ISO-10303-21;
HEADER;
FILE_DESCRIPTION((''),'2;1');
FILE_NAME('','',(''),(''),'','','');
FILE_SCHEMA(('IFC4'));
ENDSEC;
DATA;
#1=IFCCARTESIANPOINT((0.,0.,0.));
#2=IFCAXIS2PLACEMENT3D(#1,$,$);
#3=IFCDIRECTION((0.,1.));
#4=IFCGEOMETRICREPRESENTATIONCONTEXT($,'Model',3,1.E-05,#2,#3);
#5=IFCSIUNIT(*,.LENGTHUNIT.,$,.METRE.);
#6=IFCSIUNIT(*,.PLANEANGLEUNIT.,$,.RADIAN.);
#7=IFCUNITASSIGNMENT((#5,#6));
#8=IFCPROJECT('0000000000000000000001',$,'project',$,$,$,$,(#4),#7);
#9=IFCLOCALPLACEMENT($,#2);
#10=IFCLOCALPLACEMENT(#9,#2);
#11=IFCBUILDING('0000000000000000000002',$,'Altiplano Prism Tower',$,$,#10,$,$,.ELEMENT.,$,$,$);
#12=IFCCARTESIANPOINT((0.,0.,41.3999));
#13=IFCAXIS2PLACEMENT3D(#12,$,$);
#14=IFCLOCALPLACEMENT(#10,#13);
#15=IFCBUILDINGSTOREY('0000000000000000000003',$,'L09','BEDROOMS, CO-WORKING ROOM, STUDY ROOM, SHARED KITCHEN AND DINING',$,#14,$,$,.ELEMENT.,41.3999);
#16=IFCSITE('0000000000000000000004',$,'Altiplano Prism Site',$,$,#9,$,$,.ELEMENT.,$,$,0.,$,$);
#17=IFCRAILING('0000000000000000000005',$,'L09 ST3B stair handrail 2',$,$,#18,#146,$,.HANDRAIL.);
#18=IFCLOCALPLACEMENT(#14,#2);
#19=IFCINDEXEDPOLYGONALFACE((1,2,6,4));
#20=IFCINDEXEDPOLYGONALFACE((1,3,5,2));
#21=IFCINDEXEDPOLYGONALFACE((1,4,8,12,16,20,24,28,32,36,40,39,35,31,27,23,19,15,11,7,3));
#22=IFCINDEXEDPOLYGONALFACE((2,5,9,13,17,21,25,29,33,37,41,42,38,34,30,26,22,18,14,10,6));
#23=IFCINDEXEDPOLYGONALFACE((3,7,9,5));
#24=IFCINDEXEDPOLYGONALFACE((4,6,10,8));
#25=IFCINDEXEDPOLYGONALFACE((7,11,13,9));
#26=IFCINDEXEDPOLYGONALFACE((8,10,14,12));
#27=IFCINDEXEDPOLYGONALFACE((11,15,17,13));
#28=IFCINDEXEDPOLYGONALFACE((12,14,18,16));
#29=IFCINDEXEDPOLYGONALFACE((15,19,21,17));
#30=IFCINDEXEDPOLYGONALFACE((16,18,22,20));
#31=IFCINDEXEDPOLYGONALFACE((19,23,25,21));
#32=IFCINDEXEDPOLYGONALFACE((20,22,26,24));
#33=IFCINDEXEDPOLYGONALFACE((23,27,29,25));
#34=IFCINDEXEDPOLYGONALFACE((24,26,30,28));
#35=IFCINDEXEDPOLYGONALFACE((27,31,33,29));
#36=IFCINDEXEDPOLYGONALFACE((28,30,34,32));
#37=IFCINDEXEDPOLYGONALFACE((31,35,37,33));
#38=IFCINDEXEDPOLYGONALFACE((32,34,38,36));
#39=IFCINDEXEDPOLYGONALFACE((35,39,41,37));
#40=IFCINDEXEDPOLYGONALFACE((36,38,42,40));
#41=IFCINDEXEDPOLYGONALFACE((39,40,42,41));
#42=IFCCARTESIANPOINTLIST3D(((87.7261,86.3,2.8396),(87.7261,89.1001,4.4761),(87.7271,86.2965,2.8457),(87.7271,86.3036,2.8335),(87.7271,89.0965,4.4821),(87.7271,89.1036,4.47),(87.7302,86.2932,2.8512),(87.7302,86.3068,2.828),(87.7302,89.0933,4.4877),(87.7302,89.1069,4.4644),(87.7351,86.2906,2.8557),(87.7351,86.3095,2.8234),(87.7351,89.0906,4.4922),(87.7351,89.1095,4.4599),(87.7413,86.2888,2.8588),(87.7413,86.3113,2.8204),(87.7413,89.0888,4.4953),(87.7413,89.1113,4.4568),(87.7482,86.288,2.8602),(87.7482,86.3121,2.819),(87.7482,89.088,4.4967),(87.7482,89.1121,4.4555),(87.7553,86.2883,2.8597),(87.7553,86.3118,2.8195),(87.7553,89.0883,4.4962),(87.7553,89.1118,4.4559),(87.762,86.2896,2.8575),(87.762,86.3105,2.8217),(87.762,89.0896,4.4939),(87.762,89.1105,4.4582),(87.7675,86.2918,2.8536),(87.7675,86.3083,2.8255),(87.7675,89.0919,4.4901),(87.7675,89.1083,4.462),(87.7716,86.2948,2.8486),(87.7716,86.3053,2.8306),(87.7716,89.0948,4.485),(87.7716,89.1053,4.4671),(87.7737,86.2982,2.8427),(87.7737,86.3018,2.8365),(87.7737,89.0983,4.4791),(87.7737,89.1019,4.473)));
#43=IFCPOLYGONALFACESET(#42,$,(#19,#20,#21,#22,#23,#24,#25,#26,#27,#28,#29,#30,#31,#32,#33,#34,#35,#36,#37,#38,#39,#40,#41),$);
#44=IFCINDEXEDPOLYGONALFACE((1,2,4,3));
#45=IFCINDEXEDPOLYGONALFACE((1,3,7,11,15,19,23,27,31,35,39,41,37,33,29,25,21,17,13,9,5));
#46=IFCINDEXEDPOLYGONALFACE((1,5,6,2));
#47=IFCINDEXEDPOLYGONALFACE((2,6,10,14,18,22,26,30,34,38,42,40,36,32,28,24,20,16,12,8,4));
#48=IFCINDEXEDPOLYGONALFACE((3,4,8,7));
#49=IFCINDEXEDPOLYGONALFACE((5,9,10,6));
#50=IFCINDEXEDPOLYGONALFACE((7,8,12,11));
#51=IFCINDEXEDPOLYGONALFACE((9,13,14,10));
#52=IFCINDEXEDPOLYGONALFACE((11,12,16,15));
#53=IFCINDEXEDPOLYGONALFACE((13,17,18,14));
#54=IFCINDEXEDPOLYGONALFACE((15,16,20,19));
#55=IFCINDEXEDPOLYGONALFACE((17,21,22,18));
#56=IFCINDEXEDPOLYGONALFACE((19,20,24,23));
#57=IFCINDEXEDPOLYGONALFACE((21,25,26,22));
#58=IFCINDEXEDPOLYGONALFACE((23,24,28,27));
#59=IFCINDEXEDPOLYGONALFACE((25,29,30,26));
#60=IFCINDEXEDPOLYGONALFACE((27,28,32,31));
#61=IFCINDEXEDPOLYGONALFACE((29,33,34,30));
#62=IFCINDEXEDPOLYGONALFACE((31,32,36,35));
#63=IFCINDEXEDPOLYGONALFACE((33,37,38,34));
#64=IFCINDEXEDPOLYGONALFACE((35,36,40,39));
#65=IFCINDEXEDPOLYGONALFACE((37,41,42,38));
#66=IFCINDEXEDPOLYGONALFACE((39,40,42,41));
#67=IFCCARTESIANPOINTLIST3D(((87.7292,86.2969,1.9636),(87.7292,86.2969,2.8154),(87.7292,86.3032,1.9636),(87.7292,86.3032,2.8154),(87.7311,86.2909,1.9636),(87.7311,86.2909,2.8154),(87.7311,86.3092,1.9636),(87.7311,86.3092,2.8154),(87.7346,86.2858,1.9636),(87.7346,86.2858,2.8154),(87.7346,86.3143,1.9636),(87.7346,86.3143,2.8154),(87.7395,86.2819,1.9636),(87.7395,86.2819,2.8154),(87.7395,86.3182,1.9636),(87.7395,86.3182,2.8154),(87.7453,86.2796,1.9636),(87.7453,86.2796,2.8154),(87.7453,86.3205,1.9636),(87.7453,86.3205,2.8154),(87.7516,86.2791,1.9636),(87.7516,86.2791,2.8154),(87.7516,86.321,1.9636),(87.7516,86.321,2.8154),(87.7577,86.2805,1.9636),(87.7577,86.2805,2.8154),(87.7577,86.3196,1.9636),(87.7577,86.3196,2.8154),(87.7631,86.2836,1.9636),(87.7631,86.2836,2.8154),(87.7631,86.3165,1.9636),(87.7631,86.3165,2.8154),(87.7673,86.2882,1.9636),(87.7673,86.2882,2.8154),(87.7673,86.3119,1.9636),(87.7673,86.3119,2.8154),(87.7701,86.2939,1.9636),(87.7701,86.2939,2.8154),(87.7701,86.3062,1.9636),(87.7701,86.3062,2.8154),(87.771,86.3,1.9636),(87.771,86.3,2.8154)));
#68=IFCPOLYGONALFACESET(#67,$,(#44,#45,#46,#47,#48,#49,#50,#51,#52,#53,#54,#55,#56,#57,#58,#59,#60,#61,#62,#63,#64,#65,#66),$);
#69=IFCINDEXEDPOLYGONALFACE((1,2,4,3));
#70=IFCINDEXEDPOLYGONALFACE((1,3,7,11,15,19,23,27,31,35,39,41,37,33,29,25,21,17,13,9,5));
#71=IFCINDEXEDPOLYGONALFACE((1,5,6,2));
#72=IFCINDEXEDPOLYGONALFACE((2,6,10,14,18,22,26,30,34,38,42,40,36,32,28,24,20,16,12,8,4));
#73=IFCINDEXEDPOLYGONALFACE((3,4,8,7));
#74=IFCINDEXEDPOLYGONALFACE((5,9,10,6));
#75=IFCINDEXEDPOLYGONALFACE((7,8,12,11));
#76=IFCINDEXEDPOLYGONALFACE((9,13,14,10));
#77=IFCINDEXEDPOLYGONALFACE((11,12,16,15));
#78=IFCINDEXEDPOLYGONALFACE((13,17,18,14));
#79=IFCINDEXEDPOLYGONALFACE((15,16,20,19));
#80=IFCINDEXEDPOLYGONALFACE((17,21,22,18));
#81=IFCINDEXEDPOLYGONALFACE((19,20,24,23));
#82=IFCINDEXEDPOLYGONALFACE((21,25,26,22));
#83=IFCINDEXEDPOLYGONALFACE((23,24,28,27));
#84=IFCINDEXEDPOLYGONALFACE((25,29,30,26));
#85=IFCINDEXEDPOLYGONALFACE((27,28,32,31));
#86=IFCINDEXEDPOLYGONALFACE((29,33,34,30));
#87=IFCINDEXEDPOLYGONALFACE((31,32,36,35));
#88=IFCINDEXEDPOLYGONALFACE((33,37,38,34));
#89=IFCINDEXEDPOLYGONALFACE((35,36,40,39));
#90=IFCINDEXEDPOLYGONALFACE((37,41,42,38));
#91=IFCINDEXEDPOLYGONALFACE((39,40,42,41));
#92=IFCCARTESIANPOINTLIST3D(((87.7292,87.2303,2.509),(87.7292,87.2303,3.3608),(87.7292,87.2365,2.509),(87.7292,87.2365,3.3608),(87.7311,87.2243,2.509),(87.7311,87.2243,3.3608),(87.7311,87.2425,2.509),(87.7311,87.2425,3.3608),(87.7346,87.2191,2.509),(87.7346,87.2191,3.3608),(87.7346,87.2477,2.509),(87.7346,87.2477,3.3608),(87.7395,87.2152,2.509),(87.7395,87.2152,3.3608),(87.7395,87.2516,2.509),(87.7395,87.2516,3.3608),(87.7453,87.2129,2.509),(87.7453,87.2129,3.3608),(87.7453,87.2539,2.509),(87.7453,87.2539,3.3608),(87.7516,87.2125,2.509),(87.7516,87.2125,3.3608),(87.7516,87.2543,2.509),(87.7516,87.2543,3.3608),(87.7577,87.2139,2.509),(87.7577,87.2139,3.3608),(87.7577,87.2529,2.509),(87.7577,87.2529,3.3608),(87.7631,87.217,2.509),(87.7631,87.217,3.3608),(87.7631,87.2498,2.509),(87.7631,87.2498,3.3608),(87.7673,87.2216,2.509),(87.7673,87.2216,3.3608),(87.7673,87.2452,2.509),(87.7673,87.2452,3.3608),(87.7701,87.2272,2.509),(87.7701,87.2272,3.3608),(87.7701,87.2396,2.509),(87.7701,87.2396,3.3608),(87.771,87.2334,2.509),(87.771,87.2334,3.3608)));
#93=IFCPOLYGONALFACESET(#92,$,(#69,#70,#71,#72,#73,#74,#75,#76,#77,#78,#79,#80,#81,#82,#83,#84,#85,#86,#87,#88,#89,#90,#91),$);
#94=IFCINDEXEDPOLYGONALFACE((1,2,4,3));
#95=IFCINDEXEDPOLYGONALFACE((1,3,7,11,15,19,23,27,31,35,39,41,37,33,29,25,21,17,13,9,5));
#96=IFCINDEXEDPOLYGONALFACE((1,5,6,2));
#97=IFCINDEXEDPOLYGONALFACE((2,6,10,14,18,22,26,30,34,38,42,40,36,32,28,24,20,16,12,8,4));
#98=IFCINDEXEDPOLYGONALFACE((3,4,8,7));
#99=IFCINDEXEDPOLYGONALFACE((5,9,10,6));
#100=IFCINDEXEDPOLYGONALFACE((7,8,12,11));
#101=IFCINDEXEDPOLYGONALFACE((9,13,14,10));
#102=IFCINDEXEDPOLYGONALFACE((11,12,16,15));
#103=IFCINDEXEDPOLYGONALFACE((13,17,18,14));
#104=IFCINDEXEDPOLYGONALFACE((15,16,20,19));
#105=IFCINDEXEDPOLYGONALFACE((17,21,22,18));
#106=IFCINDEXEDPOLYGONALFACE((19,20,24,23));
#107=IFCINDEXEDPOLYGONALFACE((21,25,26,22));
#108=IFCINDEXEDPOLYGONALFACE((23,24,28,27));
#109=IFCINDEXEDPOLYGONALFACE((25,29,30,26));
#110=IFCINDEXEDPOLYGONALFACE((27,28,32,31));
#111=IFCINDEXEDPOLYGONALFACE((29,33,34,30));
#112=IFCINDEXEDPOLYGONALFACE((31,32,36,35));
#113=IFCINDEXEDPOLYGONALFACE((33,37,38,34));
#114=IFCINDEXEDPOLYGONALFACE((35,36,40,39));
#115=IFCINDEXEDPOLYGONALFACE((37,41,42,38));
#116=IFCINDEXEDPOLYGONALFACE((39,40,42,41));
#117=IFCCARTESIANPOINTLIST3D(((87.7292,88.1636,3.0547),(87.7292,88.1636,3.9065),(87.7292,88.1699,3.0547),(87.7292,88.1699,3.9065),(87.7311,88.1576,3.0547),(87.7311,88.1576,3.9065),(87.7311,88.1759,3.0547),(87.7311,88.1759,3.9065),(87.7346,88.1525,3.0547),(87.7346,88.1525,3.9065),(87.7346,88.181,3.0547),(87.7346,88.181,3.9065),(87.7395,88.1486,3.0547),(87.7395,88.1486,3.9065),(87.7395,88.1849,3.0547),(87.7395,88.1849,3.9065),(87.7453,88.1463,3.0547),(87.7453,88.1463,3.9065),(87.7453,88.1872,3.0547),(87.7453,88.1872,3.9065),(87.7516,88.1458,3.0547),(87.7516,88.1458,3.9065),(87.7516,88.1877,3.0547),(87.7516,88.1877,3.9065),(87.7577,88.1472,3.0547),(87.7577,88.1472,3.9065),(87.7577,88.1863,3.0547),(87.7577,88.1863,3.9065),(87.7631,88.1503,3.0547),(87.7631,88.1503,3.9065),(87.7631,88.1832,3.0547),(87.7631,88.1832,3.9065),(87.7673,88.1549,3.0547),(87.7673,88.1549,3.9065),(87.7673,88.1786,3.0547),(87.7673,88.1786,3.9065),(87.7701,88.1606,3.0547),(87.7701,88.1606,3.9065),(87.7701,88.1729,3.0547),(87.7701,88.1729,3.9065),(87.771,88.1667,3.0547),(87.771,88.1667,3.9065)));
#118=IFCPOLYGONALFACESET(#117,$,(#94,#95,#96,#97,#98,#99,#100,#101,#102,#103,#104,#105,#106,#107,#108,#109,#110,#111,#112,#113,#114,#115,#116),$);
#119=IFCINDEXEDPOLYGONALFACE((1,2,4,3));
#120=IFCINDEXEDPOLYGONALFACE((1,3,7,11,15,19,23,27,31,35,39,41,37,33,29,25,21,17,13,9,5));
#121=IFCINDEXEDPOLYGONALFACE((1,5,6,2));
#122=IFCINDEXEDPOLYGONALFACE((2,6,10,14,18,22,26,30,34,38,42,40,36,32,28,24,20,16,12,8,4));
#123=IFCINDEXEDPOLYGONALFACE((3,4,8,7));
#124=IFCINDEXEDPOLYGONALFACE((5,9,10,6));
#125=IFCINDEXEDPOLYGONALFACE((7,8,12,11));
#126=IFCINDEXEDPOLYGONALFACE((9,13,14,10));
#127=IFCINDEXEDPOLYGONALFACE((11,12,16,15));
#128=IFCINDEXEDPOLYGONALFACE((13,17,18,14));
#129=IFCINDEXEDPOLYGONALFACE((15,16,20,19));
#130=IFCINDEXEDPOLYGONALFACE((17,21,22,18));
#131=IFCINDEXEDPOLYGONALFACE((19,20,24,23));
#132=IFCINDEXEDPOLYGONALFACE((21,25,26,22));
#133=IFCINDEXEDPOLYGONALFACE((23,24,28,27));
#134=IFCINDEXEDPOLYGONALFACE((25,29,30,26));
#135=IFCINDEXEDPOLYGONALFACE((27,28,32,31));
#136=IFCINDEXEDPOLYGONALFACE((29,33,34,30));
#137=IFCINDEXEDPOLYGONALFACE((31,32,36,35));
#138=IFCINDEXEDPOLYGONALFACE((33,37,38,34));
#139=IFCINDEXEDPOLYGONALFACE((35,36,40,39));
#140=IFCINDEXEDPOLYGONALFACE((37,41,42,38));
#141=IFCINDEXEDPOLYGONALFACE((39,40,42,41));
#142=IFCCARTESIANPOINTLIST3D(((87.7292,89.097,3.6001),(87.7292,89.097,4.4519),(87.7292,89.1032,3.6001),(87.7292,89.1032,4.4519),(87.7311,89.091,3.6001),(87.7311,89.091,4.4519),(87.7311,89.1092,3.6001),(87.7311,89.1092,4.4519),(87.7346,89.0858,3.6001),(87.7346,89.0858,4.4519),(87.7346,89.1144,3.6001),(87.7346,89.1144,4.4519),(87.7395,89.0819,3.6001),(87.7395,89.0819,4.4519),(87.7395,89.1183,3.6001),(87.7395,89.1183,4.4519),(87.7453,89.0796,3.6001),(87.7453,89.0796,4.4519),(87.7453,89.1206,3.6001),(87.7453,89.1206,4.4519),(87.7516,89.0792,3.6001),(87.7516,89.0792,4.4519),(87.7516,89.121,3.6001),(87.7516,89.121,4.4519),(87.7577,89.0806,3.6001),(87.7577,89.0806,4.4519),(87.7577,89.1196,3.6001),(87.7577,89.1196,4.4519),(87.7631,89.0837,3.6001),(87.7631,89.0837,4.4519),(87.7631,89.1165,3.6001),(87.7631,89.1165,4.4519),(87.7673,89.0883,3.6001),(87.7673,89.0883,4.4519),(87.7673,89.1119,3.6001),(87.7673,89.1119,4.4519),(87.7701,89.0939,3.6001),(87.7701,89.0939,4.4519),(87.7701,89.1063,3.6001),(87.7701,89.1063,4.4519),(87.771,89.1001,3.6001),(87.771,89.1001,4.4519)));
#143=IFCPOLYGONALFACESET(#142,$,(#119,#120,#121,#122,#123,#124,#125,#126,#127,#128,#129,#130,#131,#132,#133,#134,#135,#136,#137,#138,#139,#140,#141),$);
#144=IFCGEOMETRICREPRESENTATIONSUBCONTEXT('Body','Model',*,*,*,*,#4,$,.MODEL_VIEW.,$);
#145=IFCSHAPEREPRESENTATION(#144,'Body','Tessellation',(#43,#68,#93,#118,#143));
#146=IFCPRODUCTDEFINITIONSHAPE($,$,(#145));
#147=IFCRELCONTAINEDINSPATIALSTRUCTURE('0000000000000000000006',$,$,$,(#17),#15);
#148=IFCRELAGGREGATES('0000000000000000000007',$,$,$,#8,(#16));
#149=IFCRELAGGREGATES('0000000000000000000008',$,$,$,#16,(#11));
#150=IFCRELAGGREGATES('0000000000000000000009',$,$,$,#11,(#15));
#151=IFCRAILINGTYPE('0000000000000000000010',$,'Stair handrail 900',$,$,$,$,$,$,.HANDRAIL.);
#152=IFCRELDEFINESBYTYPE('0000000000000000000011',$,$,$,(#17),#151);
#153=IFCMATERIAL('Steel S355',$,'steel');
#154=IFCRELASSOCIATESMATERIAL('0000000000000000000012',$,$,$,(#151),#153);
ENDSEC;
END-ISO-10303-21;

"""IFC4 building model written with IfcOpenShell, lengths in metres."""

from ifc_helpers import new_model, si_unit, direction, frame, origin, origin_2d, place, context, subcontext, project, spatial, circle, extrude, material, type_object, element, save


model = new_model("IFC4")

# Units and contexts
model_context = context("Model", 3, precision=1e-05, world=origin(), true_north=direction((0.0, 1.0)))
body_context = subcontext(model_context, "Body", "Model", "MODEL_VIEW")
ifc_project = project(units=[si_unit("LENGTHUNIT", "METRE"), si_unit("PLANEANGLEUNIT", "RADIAN")], contexts=[model_context])

# Site, building, storey
site_placement = place(None, origin())
site = spatial("IfcSite", under=ifc_project, at=site_placement, Name="Altiplano Prism Site", CompositionType="ELEMENT", RefElevation=0.0)
building_placement = place(site_placement, origin())
building = spatial("IfcBuilding", under=site, at=building_placement, Name="Altiplano Prism Tower", CompositionType="ELEMENT")
storey_placement = place(building_placement, frame((0.0, 0.0, 41.3999)))
storey = spatial("IfcBuildingStorey", under=building, at=storey_placement, Name="L09", Description="BEDROOMS, CO-WORKING ROOM, STUDY ROOM, SHARED KITCHEN AND DINING", CompositionType="ELEMENT", Elevation=41.3999)

# Railing
ifc_material_1 = material(Name="Steel S355", Category="steel")
railing_type_1 = type_object("IfcRailingType", Name="Stair handrail 900", PredefinedType="HANDRAIL", material=ifc_material_1)
railing_1_placement = place(storey_placement, frame((87.75, 86.3, 1.9636)))
element("IfcRailing", 1, at=railing_1_placement, inside=storey, type_object=railing_type_1, Name="L09 ST3B stair handrail 2", PredefinedType="HANDRAIL", context=body_context, shape_type="SweptSolid", body=[
    extrude(circle(Radius=0.0239, at=origin_2d()), frame((0.0, 0.0, 0.876), z_axis=(0.0, 0.863361, 0.504587), x_axis=(-1.0, 0.0, 0.0)), (0.0, 0.0, 1.0), 3.2432),
    extrude(circle(Radius=0.021, at=origin_2d()), origin(), (0.0, 0.0, 1.0), 0.8518),
    extrude(circle(Radius=0.021, at=origin_2d()), frame((0.0, 0.9333, 0.5454)), (0.0, 0.0, 1.0), 0.8518),
    extrude(circle(Radius=0.021, at=origin_2d()), frame((0.0, 1.8667, 1.0911)), (0.0, 0.0, 1.0), 0.8518),
    extrude(circle(Radius=0.021, at=origin_2d()), frame((0.0, 2.8, 1.6365)), (0.0, 0.0, 1.0), 0.8518),
])

save(model, "model.ifc")
